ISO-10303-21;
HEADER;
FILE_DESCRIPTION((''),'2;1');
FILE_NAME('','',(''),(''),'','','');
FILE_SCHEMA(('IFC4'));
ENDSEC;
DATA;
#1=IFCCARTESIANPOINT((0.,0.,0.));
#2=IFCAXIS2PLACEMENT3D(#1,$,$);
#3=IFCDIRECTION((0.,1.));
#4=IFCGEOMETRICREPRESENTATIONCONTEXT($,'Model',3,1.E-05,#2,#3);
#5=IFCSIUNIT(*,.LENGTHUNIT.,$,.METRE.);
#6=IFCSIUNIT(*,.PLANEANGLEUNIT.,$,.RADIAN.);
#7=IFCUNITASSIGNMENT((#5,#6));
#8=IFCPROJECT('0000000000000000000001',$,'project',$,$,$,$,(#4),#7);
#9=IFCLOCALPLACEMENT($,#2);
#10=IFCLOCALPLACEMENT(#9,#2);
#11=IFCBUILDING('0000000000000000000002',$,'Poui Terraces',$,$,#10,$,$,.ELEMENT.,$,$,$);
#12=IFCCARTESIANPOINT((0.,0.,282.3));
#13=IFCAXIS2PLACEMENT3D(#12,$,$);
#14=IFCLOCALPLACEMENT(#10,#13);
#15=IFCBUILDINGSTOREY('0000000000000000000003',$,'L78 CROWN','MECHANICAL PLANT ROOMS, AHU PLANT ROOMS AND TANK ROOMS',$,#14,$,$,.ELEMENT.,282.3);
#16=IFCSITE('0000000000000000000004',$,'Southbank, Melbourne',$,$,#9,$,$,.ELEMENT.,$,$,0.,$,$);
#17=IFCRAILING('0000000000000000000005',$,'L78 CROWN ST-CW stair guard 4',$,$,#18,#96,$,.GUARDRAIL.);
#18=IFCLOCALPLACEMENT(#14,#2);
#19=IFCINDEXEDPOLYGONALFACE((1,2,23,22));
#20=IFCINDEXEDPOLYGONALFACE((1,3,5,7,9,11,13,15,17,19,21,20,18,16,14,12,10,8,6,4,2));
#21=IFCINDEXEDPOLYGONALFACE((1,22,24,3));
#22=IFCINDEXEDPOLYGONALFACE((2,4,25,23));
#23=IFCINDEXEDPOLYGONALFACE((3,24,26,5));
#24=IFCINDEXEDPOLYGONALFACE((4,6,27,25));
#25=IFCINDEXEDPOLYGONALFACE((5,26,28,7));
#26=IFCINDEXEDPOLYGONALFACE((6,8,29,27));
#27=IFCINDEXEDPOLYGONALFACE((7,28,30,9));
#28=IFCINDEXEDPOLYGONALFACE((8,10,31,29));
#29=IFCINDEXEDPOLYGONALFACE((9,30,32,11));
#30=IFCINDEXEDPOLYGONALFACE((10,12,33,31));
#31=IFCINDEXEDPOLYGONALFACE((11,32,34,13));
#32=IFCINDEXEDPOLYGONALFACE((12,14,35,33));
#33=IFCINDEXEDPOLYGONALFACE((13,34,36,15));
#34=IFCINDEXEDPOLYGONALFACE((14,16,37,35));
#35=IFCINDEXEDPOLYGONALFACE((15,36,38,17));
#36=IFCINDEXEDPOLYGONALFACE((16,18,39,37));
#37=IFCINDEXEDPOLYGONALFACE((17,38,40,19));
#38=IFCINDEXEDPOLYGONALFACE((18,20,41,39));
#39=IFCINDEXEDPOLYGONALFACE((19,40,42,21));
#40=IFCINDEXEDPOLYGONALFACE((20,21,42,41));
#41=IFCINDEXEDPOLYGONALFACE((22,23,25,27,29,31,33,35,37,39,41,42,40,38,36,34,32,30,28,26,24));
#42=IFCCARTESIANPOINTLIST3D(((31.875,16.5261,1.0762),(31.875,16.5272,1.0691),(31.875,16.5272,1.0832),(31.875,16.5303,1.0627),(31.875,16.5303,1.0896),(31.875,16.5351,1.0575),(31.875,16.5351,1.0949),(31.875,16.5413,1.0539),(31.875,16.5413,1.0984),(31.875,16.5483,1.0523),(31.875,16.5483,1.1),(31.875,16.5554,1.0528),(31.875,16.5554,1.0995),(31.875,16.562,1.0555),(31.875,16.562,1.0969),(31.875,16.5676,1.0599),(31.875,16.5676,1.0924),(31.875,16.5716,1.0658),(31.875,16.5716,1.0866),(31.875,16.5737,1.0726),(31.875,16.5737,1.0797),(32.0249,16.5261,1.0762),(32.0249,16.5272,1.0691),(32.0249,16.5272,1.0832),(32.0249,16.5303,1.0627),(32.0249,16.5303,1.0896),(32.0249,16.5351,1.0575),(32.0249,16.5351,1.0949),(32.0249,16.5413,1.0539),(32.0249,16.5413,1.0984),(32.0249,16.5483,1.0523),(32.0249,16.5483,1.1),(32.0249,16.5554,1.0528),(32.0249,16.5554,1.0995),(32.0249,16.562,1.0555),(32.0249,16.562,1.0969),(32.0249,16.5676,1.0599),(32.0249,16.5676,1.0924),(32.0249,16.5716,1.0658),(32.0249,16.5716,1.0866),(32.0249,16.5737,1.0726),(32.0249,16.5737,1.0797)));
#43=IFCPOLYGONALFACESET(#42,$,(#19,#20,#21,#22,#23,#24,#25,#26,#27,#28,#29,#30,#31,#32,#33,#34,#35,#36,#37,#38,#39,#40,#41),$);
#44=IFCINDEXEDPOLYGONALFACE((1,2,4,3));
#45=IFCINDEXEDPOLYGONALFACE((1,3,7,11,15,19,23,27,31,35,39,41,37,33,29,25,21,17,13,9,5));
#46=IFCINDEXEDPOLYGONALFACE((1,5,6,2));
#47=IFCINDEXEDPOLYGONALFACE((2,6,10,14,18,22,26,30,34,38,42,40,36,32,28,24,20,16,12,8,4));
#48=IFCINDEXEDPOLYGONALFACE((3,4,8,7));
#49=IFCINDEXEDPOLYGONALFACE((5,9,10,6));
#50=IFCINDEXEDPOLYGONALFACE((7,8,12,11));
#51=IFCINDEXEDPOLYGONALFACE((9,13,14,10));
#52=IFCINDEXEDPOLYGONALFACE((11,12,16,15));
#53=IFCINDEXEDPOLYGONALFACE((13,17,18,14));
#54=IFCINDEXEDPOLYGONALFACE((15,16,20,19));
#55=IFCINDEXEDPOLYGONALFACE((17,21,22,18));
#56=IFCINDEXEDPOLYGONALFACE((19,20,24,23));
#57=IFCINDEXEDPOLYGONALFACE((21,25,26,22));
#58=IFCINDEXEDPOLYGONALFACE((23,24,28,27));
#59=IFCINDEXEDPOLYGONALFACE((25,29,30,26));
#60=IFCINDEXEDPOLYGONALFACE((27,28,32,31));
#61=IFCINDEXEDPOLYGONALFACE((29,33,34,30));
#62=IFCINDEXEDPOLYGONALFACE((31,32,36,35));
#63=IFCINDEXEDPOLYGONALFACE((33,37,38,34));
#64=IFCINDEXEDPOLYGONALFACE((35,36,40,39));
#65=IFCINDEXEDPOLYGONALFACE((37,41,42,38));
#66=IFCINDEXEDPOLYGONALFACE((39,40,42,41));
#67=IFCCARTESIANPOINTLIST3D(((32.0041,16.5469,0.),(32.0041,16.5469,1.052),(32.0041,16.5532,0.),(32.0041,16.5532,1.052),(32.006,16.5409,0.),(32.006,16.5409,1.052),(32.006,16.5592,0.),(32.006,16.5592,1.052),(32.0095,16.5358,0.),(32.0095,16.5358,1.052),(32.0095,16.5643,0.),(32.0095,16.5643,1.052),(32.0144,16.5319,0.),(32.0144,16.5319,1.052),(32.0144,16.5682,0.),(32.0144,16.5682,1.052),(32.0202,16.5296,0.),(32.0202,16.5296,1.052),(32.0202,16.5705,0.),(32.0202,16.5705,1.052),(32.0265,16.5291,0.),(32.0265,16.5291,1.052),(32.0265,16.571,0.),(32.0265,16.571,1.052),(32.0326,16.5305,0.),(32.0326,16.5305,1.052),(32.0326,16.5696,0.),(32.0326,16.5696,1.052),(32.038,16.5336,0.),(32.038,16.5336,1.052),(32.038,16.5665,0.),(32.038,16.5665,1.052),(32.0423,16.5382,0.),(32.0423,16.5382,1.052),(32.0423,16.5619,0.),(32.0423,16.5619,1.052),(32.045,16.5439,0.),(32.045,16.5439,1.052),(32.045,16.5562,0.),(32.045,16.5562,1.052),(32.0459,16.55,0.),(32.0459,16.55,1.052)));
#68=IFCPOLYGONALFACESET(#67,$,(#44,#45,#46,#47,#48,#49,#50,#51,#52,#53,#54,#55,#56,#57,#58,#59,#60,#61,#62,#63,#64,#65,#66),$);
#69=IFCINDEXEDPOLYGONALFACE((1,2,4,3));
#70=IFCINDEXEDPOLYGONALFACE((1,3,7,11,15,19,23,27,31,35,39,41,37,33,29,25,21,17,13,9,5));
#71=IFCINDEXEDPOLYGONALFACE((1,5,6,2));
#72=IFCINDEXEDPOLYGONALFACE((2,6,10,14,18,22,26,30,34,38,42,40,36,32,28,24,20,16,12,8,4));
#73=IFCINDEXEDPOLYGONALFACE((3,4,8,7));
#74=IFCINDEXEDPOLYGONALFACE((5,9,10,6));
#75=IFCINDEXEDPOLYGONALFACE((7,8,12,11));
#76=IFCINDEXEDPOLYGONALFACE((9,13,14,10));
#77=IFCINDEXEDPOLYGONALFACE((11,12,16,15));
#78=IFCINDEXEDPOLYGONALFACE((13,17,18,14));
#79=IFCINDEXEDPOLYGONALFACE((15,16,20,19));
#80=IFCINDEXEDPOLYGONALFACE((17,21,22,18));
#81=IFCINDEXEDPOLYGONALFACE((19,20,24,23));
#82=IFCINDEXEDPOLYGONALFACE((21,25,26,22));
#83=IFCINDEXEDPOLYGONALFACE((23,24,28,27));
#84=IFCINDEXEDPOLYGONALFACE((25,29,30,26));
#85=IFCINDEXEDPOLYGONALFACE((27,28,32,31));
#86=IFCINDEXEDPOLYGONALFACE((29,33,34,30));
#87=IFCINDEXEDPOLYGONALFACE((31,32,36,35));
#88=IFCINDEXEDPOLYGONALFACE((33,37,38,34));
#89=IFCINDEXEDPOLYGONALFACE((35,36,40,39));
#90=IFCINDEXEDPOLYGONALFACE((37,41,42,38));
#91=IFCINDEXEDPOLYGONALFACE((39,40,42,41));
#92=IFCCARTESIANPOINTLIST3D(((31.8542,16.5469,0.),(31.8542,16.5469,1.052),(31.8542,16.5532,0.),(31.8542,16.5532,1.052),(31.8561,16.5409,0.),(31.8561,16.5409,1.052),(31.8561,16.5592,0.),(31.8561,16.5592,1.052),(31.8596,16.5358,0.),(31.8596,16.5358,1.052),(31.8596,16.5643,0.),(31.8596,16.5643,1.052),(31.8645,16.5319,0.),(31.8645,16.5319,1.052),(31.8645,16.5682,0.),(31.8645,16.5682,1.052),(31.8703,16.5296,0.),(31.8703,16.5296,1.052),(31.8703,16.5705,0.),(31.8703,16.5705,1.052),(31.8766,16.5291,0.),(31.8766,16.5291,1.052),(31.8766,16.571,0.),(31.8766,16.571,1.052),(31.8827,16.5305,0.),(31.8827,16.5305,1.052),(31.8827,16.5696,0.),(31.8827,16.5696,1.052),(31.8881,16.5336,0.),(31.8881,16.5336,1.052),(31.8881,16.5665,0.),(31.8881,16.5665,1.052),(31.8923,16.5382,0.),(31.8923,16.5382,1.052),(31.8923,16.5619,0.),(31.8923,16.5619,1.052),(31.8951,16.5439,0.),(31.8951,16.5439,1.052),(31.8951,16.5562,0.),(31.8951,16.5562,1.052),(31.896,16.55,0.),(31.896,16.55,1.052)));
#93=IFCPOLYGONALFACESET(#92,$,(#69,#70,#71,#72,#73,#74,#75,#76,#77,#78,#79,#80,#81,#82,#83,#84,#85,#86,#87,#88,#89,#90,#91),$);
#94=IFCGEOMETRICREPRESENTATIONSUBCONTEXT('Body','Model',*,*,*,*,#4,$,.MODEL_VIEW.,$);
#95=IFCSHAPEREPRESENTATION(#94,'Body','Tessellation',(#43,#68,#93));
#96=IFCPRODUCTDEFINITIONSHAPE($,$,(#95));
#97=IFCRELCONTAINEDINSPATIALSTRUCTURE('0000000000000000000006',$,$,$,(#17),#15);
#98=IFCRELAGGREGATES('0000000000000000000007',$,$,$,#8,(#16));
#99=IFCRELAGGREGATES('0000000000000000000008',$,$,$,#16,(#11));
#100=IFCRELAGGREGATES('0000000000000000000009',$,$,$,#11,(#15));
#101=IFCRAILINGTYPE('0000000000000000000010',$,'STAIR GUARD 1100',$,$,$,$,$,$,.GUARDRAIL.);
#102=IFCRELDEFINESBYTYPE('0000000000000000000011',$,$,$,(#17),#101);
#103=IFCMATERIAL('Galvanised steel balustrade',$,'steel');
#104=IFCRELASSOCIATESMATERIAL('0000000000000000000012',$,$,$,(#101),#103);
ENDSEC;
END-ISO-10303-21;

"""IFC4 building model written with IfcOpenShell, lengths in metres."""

from ifc_helpers import new_model, si_unit, direction, frame, origin, origin_2d, place, context, subcontext, project, spatial, circle, extrude, material, type_object, element, save


model = new_model("IFC4")

# Units and contexts
model_context = context("Model", 3, precision=1e-05, world=origin(), true_north=direction((0.0, 1.0)))
body_context = subcontext(model_context, "Body", "Model", "MODEL_VIEW")
ifc_project = project(units=[si_unit("LENGTHUNIT", "METRE"), si_unit("PLANEANGLEUNIT", "RADIAN")], contexts=[model_context])

# Site, building, storey
site_placement = place(None, origin())
site = spatial("IfcSite", under=ifc_project, at=site_placement, Name="Southbank, Melbourne", CompositionType="ELEMENT", RefElevation=0.0)
building_placement = place(site_placement, origin())
building = spatial("IfcBuilding", under=site, at=building_placement, Name="Poui Terraces", CompositionType="ELEMENT")
storey_placement = place(building_placement, frame((0.0, 0.0, 282.3)))
storey = spatial("IfcBuildingStorey", under=building, at=storey_placement, Name="L78 CROWN", Description="MECHANICAL PLANT ROOMS, AHU PLANT ROOMS AND TANK ROOMS", CompositionType="ELEMENT", Elevation=282.3)

# Railing
ifc_material_1 = material(Name="Galvanised steel balustrade", Category="steel")
railing_type_1 = type_object("IfcRailingType", Name="STAIR GUARD 1100", PredefinedType="GUARDRAIL", material=ifc_material_1)
railing_1_placement = place(storey_placement, frame((32.0249, 16.55, 0.0)))
element("IfcRailing", 1, at=railing_1_placement, inside=storey, type_object=railing_type_1, Name="L78 CROWN ST-CW stair guard 4", PredefinedType="GUARDRAIL", context=body_context, shape_type="SweptSolid", body=[
    extrude(circle(Radius=0.0239, at=origin_2d()), frame((0.0, 0.0, 1.0762), z_axis=(-1.0, 0.0, 0.0), x_axis=(0.0, -1.0, 0.0)), (0.0, 0.0, 1.0), 0.1499),
    extrude(circle(Radius=0.021, at=origin_2d()), origin(), (0.0, 0.0, 1.0), 1.052),
    extrude(circle(Radius=0.021, at=origin_2d()), frame((-0.1499, 0.0, 0.0)), (0.0, 0.0, 1.0), 1.052),
])

save(model, "model.ifc")
